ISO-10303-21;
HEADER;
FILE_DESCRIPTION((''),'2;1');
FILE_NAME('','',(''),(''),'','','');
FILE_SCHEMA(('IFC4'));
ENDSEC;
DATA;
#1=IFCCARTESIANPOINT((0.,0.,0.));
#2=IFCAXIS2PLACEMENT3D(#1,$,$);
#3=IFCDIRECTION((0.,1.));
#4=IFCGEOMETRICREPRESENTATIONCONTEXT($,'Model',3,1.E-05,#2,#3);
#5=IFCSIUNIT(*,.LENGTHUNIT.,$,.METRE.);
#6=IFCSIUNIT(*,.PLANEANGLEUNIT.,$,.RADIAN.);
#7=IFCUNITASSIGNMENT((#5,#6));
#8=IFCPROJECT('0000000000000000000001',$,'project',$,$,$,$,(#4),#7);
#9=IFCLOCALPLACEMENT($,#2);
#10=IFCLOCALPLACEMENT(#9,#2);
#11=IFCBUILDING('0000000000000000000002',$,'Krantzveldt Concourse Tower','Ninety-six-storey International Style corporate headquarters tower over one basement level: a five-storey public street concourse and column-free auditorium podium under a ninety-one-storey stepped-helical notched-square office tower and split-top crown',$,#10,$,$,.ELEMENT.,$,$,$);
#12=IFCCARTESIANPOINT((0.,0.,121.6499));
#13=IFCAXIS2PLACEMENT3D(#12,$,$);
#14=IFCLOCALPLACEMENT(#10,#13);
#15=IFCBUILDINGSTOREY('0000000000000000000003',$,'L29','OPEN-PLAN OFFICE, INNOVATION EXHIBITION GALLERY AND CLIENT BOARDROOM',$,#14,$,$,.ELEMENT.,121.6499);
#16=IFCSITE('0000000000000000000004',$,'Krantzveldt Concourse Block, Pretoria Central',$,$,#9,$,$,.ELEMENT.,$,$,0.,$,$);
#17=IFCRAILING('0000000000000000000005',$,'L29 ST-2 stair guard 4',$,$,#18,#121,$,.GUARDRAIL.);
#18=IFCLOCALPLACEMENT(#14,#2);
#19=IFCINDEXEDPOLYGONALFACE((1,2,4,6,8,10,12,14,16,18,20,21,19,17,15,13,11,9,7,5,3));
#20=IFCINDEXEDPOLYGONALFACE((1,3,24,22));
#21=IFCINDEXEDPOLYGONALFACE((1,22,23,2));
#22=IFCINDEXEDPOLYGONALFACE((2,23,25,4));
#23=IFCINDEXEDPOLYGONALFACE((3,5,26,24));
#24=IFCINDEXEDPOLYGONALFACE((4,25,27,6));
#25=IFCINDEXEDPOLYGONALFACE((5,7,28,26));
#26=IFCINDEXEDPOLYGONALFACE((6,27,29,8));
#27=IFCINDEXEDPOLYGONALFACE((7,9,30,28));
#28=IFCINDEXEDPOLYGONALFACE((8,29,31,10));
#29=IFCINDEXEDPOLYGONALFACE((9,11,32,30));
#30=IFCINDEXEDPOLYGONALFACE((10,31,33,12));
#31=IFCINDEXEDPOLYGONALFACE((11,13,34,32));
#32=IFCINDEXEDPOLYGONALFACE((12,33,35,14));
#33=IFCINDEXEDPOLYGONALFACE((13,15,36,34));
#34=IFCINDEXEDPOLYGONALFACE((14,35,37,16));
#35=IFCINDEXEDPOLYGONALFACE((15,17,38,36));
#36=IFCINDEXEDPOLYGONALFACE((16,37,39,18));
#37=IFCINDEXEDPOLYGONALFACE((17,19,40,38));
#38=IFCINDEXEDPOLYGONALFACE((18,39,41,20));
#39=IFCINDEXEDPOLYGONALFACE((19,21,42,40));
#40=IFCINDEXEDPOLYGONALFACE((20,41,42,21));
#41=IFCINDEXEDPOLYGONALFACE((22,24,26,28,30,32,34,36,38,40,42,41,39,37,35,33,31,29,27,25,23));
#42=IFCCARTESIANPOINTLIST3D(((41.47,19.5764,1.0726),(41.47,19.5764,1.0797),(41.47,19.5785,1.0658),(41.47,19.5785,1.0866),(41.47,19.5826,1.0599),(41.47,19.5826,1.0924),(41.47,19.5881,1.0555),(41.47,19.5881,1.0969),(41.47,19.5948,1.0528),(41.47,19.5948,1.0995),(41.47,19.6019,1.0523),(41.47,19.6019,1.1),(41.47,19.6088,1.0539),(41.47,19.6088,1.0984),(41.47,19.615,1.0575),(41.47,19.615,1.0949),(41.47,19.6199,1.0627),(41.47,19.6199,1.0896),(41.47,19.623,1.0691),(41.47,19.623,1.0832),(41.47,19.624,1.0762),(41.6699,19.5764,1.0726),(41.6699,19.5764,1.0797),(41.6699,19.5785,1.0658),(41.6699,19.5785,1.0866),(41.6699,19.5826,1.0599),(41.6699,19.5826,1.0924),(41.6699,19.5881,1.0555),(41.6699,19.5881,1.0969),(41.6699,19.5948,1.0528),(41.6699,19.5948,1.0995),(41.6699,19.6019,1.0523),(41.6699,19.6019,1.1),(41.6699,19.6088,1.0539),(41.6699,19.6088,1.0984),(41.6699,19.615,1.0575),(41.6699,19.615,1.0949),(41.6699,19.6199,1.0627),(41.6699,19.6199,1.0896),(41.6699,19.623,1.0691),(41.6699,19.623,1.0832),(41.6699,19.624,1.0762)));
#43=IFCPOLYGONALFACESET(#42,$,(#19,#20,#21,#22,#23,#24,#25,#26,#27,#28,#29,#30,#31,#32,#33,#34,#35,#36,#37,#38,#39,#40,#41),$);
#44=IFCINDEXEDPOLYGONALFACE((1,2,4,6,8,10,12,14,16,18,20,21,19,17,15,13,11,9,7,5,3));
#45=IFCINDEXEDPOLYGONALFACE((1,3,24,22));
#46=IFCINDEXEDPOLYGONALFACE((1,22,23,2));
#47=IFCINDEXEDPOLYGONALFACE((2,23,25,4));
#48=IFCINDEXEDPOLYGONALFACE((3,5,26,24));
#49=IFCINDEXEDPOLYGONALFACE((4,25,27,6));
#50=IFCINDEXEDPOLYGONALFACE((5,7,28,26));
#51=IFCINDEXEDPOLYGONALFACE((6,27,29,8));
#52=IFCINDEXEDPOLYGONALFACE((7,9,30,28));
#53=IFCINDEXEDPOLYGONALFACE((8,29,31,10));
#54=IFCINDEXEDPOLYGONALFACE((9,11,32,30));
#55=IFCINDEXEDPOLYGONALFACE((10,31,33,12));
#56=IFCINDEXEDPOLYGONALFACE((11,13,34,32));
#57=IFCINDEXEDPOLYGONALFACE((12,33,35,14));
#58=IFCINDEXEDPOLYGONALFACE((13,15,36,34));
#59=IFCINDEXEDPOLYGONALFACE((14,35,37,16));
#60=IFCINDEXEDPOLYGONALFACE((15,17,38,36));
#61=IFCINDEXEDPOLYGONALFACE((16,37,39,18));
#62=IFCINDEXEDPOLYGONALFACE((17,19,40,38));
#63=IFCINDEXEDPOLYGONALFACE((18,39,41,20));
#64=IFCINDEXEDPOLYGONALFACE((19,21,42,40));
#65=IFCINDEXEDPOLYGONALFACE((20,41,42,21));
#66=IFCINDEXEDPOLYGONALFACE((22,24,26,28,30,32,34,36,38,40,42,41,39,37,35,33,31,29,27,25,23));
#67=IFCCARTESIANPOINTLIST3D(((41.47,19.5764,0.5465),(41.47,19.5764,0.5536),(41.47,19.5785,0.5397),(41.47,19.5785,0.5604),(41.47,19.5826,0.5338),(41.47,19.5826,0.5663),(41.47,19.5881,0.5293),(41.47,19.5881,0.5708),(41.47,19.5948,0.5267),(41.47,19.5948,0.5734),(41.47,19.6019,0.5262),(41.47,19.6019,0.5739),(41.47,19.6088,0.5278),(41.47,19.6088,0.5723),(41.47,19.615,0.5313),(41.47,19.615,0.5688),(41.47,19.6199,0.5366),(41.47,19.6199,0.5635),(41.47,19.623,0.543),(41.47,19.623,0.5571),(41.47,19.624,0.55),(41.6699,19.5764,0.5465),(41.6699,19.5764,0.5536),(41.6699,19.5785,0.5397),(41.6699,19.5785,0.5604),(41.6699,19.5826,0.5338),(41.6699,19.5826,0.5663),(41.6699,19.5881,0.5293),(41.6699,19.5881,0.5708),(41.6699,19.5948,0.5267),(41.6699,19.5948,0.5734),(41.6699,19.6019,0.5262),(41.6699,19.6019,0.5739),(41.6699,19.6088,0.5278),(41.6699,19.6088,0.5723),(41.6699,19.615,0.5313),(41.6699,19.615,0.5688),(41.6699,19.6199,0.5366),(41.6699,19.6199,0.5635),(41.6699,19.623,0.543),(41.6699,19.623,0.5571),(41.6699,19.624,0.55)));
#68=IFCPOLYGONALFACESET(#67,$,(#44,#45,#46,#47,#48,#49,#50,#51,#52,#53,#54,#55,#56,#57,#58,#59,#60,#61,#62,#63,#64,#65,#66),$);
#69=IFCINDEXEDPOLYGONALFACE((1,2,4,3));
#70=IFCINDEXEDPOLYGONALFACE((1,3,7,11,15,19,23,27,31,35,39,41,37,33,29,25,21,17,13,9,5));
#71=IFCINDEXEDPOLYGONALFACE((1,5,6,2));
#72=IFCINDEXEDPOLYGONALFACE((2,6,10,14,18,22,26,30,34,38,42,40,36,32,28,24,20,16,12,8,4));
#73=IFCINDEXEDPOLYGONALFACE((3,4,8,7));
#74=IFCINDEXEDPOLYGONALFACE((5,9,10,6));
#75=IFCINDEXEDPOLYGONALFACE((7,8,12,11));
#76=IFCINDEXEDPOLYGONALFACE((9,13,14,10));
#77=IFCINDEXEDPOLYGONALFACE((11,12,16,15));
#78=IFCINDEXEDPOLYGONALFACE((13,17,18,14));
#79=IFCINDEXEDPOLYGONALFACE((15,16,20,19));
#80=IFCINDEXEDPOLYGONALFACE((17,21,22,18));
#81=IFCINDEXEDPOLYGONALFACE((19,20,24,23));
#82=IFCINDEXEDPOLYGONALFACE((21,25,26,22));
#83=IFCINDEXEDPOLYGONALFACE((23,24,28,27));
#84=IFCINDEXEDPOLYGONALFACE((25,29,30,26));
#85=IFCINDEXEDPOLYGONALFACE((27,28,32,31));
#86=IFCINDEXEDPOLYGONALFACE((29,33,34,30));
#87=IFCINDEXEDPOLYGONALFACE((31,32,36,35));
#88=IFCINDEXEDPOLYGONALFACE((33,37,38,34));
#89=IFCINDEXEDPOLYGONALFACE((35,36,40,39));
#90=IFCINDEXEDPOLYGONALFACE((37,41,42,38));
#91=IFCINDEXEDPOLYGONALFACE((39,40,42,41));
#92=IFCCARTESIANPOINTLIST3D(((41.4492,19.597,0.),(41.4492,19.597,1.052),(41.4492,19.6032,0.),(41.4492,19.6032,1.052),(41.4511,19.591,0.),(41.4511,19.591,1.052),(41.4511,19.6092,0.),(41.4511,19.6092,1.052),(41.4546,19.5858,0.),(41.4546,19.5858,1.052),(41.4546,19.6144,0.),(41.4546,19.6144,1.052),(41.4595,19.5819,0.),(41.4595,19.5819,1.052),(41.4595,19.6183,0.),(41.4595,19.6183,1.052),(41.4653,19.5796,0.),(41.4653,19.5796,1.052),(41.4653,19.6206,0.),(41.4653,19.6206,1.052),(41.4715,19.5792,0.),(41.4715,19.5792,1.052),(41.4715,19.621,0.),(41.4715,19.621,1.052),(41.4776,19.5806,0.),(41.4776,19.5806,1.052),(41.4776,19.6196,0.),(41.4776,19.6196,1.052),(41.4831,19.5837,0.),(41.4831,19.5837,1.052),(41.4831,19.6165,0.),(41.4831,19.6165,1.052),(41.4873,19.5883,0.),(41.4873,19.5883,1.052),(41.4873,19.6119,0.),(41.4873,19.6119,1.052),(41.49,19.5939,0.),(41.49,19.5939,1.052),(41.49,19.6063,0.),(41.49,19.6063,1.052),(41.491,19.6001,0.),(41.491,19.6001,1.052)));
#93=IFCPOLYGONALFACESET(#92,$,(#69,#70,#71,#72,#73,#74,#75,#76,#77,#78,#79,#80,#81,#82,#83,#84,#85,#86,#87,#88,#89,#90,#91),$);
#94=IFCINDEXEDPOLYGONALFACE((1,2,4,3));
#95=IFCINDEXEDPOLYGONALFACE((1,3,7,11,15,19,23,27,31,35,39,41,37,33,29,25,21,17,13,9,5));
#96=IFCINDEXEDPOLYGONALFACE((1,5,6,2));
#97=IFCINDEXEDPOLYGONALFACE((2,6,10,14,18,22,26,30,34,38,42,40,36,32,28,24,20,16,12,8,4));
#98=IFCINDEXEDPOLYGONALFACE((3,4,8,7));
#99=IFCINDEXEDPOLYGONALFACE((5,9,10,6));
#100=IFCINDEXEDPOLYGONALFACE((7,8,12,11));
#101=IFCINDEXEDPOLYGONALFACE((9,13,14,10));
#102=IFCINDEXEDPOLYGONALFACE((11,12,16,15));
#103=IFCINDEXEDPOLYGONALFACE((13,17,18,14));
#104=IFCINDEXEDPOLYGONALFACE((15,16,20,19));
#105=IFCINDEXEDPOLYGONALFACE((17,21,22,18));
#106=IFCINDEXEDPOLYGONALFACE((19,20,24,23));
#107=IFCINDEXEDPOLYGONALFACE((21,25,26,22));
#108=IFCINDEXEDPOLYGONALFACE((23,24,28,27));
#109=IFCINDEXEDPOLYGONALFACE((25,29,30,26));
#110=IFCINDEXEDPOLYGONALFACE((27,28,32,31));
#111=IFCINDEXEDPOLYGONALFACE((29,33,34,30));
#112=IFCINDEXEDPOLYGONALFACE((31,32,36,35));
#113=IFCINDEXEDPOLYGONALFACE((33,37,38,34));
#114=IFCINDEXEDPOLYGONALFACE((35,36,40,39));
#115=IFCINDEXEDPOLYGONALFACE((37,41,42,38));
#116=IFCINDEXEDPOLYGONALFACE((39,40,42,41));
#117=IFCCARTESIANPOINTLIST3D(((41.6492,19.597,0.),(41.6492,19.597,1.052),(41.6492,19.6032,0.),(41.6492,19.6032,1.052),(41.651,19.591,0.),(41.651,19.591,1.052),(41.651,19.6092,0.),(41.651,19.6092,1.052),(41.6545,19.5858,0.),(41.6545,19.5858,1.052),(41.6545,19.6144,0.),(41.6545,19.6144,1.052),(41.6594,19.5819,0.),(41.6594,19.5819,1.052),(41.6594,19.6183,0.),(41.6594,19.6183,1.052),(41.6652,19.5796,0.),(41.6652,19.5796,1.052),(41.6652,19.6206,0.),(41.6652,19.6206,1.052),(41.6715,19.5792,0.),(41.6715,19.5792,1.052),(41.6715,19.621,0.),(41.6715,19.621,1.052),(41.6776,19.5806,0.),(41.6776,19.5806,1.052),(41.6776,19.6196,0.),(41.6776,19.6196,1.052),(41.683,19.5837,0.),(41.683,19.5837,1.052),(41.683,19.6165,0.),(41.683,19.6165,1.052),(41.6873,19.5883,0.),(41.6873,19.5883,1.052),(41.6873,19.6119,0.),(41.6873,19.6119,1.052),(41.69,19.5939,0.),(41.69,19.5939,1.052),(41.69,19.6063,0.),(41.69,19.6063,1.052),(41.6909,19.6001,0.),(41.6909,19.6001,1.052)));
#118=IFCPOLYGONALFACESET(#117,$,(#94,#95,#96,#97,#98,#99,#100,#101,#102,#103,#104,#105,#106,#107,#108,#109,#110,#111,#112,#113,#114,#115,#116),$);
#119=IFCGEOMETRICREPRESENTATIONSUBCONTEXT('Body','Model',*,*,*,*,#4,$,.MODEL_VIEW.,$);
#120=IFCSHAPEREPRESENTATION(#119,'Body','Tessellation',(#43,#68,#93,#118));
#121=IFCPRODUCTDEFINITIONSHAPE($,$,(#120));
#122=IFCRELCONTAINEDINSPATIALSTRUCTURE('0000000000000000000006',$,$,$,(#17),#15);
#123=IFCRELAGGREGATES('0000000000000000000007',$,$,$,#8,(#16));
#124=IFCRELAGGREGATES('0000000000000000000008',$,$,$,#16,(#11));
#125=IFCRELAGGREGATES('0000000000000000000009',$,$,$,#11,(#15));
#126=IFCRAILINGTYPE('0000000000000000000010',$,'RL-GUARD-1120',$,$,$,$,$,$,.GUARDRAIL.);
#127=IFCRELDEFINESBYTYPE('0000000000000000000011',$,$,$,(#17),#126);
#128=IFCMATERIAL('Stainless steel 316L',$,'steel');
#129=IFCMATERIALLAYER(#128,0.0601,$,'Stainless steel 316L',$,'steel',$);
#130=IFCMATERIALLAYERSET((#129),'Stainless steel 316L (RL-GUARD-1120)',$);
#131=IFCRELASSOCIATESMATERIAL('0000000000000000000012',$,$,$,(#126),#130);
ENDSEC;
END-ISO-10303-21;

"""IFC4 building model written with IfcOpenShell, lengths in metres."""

from ifc_helpers import new_model, si_unit, direction, frame, origin, origin_2d, place, context, subcontext, project, spatial, circle, extrude, material, layer, layer_set, type_object, element, save


model = new_model("IFC4")

# Units and contexts
model_context = context("Model", 3, precision=1e-05, world=origin(), true_north=direction((0.0, 1.0)))
body_context = subcontext(model_context, "Body", "Model", "MODEL_VIEW")
ifc_project = project(units=[si_unit("LENGTHUNIT", "METRE"), si_unit("PLANEANGLEUNIT", "RADIAN")], contexts=[model_context])

# Site, building, storey
site_placement = place(None, origin())
site = spatial("IfcSite", under=ifc_project, at=site_placement, Name="Krantzveldt Concourse Block, Pretoria Central", CompositionType="ELEMENT", RefElevation=0.0)
building_placement = place(site_placement, origin())
building = spatial("IfcBuilding", under=site, at=building_placement, Name="Krantzveldt Concourse Tower", Description="Ninety-six-storey International Style corporate headquarters tower over one basement level: a five-storey public street concourse and column-free auditorium podium under a ninety-one-storey stepped-helical notched-square office tower and split-top crown", CompositionType="ELEMENT")
storey_placement = place(building_placement, frame((0.0, 0.0, 121.6499)))
storey = spatial("IfcBuildingStorey", under=building, at=storey_placement, Name="L29", Description="OPEN-PLAN OFFICE, INNOVATION EXHIBITION GALLERY AND CLIENT BOARDROOM", CompositionType="ELEMENT", Elevation=121.6499)

# Shared definitions
ifc_material_1 = material(Name="Stainless steel 316L", Category="steel")

# Railing
ifc_layer_1 = layer(ifc_material_1, 0.0601, Name="Stainless steel 316L", Category="steel")
ifc_layer_set_1 = layer_set([ifc_layer_1], Name="Stainless steel 316L (RL-GUARD-1120)")
railing_type_1 = type_object("IfcRailingType", Name="RL-GUARD-1120", PredefinedType="GUARDRAIL", material=ifc_layer_set_1)
railing_1_placement = place(storey_placement, frame((41.47, 19.6001, 0.0)))
element("IfcRailing", 1, at=railing_1_placement, inside=storey, type_object=railing_type_1, Name="L29 ST-2 stair guard 4", PredefinedType="GUARDRAIL", context=body_context, shape_type="SweptSolid", body=[
    extrude(circle(Radius=0.0239, at=origin_2d()), frame((0.0, 0.0, 1.0762), z_axis=(1.0, 0.0, 0.0), x_axis=(0.0, 1.0, 0.0)), (0.0, 0.0, 1.0), 0.2),
    extrude(circle(Radius=0.0239, at=origin_2d()), frame((0.0, 0.0, 0.55), z_axis=(1.0, 0.0, 0.0), x_axis=(0.0, 1.0, 0.0)), (0.0, 0.0, 1.0), 0.2),
    extrude(circle(Radius=0.021, at=origin_2d()), origin(), (0.0, 0.0, 1.0), 1.052),
    extrude(circle(Radius=0.021, at=origin_2d()), frame((0.2, 0.0, 0.0)), (0.0, 0.0, 1.0), 1.052),
])

save(model, "model.ifc")
